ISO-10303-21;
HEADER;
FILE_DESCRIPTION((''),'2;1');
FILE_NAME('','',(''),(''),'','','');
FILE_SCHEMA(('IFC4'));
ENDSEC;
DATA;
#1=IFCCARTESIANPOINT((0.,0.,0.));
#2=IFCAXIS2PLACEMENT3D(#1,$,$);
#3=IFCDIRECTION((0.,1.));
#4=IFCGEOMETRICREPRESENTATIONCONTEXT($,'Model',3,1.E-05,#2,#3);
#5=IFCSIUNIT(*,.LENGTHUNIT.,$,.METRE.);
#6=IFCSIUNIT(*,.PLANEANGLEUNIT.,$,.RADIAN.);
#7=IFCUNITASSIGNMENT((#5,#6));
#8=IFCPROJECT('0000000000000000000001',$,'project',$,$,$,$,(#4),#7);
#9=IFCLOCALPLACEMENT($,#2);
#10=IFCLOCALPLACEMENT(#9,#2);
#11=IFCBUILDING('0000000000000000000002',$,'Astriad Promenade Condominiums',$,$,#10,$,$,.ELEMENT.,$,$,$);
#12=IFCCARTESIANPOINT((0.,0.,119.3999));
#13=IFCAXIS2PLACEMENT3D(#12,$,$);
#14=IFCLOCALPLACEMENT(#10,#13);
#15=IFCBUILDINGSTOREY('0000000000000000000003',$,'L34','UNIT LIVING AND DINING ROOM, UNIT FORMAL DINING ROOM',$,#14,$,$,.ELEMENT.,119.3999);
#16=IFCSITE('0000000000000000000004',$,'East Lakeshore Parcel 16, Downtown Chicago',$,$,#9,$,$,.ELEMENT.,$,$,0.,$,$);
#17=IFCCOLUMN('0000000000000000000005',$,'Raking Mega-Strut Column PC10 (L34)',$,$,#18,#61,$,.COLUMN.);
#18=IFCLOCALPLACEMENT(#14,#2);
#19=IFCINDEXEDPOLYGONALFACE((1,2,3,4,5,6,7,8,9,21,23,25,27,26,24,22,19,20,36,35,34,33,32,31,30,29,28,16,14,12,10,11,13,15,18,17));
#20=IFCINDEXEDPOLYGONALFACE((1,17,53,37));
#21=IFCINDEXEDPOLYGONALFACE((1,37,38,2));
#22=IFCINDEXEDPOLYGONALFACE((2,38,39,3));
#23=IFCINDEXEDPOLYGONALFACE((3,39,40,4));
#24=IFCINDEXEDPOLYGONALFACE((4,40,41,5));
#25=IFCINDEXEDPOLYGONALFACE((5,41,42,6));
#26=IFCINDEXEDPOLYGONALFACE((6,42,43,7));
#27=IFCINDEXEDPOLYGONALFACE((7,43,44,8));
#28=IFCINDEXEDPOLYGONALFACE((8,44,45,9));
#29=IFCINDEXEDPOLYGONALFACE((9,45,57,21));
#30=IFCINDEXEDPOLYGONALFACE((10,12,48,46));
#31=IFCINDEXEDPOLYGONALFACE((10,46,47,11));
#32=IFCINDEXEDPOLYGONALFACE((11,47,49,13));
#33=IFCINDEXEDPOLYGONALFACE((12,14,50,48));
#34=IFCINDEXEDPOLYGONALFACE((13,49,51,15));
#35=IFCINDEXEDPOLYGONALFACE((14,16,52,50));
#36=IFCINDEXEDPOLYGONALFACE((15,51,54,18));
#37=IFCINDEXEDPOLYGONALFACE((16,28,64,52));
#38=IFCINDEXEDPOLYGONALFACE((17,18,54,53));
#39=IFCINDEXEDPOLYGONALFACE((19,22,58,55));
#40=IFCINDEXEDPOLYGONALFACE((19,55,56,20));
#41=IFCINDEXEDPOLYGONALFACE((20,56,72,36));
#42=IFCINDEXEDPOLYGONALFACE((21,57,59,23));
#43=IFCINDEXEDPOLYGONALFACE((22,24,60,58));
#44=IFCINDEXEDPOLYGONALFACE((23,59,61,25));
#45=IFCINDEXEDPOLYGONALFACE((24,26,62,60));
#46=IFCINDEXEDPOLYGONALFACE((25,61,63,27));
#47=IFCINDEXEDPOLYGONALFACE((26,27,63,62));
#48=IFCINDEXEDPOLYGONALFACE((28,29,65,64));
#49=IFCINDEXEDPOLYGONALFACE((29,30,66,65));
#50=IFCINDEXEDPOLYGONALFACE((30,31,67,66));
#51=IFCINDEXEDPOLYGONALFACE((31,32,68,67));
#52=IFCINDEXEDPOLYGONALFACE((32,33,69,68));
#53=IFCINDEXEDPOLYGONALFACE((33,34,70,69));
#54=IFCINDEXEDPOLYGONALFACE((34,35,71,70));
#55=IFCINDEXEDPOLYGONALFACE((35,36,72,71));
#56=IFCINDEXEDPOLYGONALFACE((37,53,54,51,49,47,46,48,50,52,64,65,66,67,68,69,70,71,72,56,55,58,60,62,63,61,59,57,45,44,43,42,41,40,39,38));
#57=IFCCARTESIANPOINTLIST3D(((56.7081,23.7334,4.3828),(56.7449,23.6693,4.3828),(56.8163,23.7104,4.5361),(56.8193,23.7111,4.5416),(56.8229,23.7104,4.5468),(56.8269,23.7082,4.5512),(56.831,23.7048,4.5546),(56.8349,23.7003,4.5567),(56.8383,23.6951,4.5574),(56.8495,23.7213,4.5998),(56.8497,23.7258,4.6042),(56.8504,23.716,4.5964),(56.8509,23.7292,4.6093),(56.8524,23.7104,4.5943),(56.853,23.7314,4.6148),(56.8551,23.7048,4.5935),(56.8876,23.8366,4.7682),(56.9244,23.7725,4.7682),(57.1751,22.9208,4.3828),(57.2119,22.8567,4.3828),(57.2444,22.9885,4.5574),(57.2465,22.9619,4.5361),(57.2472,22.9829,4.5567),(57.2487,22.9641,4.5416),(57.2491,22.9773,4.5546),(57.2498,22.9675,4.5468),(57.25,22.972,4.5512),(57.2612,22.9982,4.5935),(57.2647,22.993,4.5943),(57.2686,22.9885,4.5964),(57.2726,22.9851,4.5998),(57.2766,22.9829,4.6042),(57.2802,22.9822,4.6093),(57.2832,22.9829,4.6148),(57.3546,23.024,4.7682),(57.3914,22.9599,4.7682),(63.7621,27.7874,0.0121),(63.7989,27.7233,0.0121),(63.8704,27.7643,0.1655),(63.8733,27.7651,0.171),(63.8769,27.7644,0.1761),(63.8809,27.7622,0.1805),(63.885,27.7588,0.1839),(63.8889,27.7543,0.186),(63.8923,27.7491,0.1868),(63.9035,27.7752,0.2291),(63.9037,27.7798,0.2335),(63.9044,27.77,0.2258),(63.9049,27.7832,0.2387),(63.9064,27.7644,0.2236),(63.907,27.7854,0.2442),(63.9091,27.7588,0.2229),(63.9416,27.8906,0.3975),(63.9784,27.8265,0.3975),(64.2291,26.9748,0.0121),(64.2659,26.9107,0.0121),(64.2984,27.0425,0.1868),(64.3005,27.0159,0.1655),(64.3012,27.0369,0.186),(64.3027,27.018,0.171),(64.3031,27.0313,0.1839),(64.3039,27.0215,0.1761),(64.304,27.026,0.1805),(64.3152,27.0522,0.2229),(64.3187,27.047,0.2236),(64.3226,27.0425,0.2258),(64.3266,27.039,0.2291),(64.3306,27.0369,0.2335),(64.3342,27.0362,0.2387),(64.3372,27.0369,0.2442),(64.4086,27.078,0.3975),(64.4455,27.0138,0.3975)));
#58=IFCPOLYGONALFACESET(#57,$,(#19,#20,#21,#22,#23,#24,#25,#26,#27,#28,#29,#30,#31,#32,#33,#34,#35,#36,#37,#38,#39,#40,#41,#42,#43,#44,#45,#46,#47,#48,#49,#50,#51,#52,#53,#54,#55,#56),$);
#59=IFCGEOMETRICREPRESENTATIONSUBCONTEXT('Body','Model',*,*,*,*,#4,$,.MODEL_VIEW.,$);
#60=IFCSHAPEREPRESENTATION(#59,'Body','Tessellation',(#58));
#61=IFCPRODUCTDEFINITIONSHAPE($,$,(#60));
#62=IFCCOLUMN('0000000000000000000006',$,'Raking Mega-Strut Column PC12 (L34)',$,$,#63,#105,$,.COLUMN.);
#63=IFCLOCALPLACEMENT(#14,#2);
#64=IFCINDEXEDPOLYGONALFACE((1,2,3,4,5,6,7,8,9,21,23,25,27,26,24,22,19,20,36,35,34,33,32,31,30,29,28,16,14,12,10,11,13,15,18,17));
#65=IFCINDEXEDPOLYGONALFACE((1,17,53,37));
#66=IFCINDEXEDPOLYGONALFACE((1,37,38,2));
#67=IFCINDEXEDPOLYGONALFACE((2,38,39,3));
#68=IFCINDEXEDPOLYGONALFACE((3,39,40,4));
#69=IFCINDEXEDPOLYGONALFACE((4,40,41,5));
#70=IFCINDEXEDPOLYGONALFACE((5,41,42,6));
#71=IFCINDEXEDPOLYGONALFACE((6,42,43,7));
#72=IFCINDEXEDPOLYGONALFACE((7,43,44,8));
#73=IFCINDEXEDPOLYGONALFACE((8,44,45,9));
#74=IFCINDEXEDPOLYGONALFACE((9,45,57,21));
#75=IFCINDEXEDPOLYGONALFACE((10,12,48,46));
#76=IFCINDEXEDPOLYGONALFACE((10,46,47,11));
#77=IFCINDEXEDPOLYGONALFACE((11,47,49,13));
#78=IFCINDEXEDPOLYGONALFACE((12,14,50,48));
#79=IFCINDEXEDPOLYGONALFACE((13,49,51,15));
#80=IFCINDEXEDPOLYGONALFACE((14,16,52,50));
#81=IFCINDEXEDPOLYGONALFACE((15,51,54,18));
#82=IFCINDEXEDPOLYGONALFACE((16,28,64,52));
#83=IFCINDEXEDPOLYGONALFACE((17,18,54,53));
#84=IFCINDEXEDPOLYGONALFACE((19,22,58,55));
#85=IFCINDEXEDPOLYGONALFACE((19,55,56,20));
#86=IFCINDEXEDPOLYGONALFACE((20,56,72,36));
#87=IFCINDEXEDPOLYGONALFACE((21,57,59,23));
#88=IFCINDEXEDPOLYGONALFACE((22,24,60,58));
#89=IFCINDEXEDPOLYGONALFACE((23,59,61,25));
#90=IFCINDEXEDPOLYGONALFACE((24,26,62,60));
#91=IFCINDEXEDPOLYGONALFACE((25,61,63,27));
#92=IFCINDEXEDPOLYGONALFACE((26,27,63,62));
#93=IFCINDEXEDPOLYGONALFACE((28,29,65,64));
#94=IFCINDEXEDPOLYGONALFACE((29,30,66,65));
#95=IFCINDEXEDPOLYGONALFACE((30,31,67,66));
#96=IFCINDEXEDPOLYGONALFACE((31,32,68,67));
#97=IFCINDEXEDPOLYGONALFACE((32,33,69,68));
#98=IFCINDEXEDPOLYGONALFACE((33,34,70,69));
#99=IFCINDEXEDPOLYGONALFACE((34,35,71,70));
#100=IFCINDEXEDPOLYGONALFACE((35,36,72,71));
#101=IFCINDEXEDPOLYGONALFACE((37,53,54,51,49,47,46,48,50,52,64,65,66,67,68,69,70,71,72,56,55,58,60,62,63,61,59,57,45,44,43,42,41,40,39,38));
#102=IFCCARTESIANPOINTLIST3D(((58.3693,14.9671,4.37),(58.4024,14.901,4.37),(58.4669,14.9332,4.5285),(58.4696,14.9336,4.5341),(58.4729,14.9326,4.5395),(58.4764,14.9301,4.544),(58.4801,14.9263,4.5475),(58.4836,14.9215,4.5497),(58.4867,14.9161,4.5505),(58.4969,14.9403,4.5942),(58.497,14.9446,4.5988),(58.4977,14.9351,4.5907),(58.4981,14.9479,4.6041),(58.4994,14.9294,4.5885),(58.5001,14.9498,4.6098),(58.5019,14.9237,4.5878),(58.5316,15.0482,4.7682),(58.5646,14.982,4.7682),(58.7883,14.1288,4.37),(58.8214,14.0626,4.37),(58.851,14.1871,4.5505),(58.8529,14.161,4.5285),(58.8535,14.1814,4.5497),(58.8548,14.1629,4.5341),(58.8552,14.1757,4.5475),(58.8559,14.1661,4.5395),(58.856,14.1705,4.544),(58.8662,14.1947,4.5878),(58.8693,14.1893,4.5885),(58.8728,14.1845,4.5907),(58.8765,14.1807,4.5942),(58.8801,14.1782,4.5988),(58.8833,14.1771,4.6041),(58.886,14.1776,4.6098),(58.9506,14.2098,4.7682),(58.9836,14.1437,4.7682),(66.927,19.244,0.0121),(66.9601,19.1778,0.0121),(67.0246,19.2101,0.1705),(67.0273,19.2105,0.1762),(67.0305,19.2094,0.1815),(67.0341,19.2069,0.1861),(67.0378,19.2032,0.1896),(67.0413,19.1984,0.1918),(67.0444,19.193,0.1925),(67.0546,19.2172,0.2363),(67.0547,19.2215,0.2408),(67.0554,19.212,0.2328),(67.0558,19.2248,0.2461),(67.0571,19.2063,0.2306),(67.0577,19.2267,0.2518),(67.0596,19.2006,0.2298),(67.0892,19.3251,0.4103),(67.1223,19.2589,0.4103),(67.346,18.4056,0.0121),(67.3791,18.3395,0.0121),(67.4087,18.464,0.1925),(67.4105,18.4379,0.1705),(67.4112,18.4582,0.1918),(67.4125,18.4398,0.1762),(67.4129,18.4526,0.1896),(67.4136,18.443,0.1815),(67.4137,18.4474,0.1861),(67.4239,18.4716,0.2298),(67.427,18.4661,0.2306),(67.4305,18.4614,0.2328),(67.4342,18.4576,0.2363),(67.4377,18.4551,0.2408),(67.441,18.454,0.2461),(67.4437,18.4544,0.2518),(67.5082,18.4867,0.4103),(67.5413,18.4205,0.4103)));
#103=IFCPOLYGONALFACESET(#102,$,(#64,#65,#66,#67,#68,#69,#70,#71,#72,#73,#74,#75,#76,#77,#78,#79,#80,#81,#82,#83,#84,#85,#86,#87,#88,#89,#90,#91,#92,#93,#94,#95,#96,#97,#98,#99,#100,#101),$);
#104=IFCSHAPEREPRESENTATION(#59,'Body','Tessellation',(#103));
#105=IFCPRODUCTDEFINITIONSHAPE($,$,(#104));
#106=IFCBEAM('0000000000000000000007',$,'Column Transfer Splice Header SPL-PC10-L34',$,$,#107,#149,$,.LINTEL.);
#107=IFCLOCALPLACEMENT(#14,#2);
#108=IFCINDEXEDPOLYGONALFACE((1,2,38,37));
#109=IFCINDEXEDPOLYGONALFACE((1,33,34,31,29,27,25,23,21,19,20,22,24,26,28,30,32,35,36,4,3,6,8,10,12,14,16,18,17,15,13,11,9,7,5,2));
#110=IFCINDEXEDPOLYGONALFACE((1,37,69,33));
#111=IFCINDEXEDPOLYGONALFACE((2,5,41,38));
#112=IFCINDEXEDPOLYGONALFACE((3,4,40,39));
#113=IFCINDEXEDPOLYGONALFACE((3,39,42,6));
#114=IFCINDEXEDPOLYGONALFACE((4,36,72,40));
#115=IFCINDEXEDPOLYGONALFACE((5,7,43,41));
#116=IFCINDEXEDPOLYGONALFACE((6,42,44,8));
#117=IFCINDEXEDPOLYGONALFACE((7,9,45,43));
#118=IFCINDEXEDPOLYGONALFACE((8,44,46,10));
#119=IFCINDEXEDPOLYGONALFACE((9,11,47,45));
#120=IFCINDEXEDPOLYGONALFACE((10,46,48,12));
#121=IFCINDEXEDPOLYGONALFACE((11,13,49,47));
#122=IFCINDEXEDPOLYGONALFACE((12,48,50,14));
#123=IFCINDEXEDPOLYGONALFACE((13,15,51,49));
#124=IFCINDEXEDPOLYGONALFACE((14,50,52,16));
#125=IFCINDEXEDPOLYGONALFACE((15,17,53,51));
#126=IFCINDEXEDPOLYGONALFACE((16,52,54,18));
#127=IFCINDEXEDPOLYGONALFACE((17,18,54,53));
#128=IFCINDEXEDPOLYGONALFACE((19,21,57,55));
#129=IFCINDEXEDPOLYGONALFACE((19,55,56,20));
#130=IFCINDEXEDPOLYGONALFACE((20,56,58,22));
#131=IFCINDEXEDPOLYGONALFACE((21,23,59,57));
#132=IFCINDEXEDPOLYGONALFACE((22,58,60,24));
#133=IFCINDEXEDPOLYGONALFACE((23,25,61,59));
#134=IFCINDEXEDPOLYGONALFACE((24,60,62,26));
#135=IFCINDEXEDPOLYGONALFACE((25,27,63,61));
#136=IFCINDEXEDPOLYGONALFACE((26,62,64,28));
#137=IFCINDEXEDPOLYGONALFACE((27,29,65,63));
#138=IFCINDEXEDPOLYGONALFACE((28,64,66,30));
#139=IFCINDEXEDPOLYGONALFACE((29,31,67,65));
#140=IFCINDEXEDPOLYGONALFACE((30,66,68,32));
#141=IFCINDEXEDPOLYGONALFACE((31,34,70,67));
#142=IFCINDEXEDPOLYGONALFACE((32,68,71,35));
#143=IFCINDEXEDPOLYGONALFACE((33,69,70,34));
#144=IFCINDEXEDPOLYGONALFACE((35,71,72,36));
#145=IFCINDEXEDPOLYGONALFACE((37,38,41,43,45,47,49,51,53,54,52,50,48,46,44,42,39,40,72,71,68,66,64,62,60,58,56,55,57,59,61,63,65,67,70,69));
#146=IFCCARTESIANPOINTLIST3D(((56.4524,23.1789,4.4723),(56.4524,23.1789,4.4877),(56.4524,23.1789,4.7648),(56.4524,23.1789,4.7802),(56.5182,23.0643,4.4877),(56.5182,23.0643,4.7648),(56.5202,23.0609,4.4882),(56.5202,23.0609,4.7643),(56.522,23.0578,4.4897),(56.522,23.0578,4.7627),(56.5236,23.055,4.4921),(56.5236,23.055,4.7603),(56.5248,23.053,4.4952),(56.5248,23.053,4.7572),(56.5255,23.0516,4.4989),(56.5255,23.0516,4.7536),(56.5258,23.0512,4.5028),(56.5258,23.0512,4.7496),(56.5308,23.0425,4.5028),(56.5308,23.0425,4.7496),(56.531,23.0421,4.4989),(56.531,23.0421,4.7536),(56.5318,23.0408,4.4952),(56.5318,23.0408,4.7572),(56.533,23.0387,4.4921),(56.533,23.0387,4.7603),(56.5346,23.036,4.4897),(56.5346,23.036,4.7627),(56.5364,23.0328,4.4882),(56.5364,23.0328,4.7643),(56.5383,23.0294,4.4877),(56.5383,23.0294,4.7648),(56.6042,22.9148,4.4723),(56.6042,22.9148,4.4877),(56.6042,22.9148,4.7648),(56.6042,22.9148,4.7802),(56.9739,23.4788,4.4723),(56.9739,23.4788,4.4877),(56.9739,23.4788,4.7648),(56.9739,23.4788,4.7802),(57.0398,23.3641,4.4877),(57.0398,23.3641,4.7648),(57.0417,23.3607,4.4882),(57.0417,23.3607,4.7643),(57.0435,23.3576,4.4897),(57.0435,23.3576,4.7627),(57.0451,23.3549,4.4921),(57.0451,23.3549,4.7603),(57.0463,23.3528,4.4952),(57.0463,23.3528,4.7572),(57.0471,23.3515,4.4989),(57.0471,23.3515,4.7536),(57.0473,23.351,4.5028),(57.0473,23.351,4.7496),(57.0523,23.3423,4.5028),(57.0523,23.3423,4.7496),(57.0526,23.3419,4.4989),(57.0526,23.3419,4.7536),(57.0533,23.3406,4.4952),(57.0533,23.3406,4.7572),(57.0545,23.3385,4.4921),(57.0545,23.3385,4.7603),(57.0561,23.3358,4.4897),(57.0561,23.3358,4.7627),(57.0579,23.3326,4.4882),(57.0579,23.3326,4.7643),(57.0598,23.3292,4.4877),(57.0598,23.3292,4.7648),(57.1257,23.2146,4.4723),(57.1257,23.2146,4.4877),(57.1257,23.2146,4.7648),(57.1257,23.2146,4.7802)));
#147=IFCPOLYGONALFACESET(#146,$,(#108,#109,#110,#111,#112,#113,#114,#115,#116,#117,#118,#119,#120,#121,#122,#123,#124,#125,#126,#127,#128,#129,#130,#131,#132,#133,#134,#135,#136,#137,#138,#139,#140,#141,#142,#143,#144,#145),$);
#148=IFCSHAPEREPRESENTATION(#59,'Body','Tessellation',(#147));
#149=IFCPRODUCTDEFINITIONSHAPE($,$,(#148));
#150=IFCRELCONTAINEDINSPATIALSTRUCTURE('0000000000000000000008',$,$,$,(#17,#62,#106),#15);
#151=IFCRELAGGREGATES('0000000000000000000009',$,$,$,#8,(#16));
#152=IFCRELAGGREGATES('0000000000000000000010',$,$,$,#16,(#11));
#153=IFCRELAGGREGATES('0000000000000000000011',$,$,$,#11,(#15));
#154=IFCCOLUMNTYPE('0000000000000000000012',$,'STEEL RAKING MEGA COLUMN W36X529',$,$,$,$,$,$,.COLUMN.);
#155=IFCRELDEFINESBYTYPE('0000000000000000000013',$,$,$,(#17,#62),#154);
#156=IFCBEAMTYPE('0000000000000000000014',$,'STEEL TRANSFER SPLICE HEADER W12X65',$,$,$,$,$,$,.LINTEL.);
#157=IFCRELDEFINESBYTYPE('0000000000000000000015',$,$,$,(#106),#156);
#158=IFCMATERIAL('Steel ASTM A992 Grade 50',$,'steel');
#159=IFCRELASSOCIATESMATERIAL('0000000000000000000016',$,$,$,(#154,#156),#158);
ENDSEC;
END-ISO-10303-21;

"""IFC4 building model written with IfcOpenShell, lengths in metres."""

from ifc_helpers import new_model, si_unit, direction, frame, origin, origin_2d, place, context, subcontext, project, spatial, i_section, extrude, source, transform, mapped, material, material_profile, profile_set, type_object, type_shapes, element, save


model = new_model("IFC4")

# Units and contexts
model_context = context("Model", 3, precision=1e-05, world=origin(), true_north=direction((0.0, 1.0)))
body_context = subcontext(model_context, "Body", "Model", "MODEL_VIEW")
ifc_project = project(units=[si_unit("LENGTHUNIT", "METRE"), si_unit("PLANEANGLEUNIT", "RADIAN")], contexts=[model_context])

# Site, building, storey
site_placement = place(None, origin())
site = spatial("IfcSite", under=ifc_project, at=site_placement, Name="East Lakeshore Parcel 16, Downtown Chicago", CompositionType="ELEMENT", RefElevation=0.0)
building_placement = place(site_placement, origin())
building = spatial("IfcBuilding", under=site, at=building_placement, Name="Astriad Promenade Condominiums", CompositionType="ELEMENT")
storey_placement = place(building_placement, frame((0.0, 0.0, 119.3999)))
storey = spatial("IfcBuildingStorey", under=building, at=storey_placement, Name="L34", Description="UNIT LIVING AND DINING ROOM, UNIT FORMAL DINING ROOM", CompositionType="ELEMENT", Elevation=119.3999)

# Columns
ifc_material_1 = material(Name="Steel ASTM A992 Grade 50", Category="steel")
ifc_material_profile_1 = material_profile(ifc_material_1, i_section(OverallWidth=0.4375, OverallDepth=1.0112, WebThickness=0.041, FlangeThickness=0.074, FilletRadius=0.0242, at=origin_2d()), Name="W36X529")
ifc_profile_set_1 = profile_set([ifc_material_profile_1], Name="Steel ASTM A992 Grade 50")
column_type = type_object("IfcColumnType", Name="STEEL RAKING MEGA COLUMN W36X529", PredefinedType="COLUMN", material=ifc_profile_set_1)
shared_shape_1 = source(origin(), body_context, "Body", "SweptSolid", [
    extrude(i_section(OverallWidth=0.4375, OverallDepth=1.0112, WebThickness=0.041, FlangeThickness=0.074, FilletRadius=0.0242, at=origin_2d()), origin(), (0.0, 0.0, 1.0), 9.2356),
])
column_1_placement = place(storey_placement, frame((64.1038, 27.4006, 0.2048), z_axis=(-0.763784, -0.438952, 0.473238), x_axis=(0.410305, 0.235805, 0.880935)))
element("IfcColumn", 1, at=column_1_placement, inside=storey, type_object=column_type, Name="Raking Mega-Strut Column PC10 (L34)", PredefinedType="COLUMN", context=body_context, shape_type="MappedRepresentation", body=[
    mapped(shared_shape_1, transform((0.0, 0.0, 0.0), scale=1.0)),
])
shared_shape_2 = source(origin(), body_context, "Body", "SweptSolid", [
    extrude(i_section(OverallWidth=0.4375, OverallDepth=1.0112, WebThickness=0.041, FlangeThickness=0.074, FilletRadius=0.0242, at=origin_2d()), origin(), (0.0, 0.0, 1.0), 10.5127),
])
type_shapes(column_type, [shared_shape_1, shared_shape_2])
column_2_placement = place(storey_placement, frame((67.2341, 18.8323, 0.2112), z_axis=(-0.814031, -0.40683, 0.41454), x_axis=(0.37081, 0.18532, 0.910031)))
element("IfcColumn", 2, at=column_2_placement, inside=storey, type_object=column_type, Name="Raking Mega-Strut Column PC12 (L34)", PredefinedType="COLUMN", context=body_context, shape_type="MappedRepresentation", body=[
    mapped(shared_shape_2, transform((0.0, 0.0, 0.0), scale=1.0)),
])

# Beam
ifc_material_profile_2 = material_profile(ifc_material_1, i_section(OverallWidth=0.3047, OverallDepth=0.3079, WebThickness=0.01, FlangeThickness=0.0154, FilletRadius=0.0151, at=origin_2d()), Name="W12X65")
ifc_profile_set_2 = profile_set([ifc_material_profile_2], Name="Steel ASTM A992 Grade 50")
beam_type_1 = type_object("IfcBeamType", Name="STEEL TRANSFER SPLICE HEADER W12X65", PredefinedType="LINTEL", material=ifc_profile_set_2)
shared_shape_3 = source(origin(), body_context, "Body", "SweptSolid", [
    extrude(i_section(OverallWidth=0.3047, OverallDepth=0.3079, WebThickness=0.01, FlangeThickness=0.0154, FilletRadius=0.0151, at=origin_2d()), origin(), (0.0, 0.0, 1.0), 0.6016),
])
type_shapes(beam_type_1, [shared_shape_3])
beam_1_placement = place(storey_placement, frame((57.0498, 23.3467, 4.6262), z_axis=(-0.866941, -0.49841, 0.0), x_axis=(0.49841, -0.866941, 0.0)))
element("IfcBeam", 3, at=beam_1_placement, inside=storey, type_object=beam_type_1, Name="Column Transfer Splice Header SPL-PC10-L34", PredefinedType="LINTEL", context=body_context, shape_type="MappedRepresentation", body=[
    mapped(shared_shape_3, transform((0.0, 0.0, 0.0), scale=1.0)),
])

save(model, "model.ifc")
